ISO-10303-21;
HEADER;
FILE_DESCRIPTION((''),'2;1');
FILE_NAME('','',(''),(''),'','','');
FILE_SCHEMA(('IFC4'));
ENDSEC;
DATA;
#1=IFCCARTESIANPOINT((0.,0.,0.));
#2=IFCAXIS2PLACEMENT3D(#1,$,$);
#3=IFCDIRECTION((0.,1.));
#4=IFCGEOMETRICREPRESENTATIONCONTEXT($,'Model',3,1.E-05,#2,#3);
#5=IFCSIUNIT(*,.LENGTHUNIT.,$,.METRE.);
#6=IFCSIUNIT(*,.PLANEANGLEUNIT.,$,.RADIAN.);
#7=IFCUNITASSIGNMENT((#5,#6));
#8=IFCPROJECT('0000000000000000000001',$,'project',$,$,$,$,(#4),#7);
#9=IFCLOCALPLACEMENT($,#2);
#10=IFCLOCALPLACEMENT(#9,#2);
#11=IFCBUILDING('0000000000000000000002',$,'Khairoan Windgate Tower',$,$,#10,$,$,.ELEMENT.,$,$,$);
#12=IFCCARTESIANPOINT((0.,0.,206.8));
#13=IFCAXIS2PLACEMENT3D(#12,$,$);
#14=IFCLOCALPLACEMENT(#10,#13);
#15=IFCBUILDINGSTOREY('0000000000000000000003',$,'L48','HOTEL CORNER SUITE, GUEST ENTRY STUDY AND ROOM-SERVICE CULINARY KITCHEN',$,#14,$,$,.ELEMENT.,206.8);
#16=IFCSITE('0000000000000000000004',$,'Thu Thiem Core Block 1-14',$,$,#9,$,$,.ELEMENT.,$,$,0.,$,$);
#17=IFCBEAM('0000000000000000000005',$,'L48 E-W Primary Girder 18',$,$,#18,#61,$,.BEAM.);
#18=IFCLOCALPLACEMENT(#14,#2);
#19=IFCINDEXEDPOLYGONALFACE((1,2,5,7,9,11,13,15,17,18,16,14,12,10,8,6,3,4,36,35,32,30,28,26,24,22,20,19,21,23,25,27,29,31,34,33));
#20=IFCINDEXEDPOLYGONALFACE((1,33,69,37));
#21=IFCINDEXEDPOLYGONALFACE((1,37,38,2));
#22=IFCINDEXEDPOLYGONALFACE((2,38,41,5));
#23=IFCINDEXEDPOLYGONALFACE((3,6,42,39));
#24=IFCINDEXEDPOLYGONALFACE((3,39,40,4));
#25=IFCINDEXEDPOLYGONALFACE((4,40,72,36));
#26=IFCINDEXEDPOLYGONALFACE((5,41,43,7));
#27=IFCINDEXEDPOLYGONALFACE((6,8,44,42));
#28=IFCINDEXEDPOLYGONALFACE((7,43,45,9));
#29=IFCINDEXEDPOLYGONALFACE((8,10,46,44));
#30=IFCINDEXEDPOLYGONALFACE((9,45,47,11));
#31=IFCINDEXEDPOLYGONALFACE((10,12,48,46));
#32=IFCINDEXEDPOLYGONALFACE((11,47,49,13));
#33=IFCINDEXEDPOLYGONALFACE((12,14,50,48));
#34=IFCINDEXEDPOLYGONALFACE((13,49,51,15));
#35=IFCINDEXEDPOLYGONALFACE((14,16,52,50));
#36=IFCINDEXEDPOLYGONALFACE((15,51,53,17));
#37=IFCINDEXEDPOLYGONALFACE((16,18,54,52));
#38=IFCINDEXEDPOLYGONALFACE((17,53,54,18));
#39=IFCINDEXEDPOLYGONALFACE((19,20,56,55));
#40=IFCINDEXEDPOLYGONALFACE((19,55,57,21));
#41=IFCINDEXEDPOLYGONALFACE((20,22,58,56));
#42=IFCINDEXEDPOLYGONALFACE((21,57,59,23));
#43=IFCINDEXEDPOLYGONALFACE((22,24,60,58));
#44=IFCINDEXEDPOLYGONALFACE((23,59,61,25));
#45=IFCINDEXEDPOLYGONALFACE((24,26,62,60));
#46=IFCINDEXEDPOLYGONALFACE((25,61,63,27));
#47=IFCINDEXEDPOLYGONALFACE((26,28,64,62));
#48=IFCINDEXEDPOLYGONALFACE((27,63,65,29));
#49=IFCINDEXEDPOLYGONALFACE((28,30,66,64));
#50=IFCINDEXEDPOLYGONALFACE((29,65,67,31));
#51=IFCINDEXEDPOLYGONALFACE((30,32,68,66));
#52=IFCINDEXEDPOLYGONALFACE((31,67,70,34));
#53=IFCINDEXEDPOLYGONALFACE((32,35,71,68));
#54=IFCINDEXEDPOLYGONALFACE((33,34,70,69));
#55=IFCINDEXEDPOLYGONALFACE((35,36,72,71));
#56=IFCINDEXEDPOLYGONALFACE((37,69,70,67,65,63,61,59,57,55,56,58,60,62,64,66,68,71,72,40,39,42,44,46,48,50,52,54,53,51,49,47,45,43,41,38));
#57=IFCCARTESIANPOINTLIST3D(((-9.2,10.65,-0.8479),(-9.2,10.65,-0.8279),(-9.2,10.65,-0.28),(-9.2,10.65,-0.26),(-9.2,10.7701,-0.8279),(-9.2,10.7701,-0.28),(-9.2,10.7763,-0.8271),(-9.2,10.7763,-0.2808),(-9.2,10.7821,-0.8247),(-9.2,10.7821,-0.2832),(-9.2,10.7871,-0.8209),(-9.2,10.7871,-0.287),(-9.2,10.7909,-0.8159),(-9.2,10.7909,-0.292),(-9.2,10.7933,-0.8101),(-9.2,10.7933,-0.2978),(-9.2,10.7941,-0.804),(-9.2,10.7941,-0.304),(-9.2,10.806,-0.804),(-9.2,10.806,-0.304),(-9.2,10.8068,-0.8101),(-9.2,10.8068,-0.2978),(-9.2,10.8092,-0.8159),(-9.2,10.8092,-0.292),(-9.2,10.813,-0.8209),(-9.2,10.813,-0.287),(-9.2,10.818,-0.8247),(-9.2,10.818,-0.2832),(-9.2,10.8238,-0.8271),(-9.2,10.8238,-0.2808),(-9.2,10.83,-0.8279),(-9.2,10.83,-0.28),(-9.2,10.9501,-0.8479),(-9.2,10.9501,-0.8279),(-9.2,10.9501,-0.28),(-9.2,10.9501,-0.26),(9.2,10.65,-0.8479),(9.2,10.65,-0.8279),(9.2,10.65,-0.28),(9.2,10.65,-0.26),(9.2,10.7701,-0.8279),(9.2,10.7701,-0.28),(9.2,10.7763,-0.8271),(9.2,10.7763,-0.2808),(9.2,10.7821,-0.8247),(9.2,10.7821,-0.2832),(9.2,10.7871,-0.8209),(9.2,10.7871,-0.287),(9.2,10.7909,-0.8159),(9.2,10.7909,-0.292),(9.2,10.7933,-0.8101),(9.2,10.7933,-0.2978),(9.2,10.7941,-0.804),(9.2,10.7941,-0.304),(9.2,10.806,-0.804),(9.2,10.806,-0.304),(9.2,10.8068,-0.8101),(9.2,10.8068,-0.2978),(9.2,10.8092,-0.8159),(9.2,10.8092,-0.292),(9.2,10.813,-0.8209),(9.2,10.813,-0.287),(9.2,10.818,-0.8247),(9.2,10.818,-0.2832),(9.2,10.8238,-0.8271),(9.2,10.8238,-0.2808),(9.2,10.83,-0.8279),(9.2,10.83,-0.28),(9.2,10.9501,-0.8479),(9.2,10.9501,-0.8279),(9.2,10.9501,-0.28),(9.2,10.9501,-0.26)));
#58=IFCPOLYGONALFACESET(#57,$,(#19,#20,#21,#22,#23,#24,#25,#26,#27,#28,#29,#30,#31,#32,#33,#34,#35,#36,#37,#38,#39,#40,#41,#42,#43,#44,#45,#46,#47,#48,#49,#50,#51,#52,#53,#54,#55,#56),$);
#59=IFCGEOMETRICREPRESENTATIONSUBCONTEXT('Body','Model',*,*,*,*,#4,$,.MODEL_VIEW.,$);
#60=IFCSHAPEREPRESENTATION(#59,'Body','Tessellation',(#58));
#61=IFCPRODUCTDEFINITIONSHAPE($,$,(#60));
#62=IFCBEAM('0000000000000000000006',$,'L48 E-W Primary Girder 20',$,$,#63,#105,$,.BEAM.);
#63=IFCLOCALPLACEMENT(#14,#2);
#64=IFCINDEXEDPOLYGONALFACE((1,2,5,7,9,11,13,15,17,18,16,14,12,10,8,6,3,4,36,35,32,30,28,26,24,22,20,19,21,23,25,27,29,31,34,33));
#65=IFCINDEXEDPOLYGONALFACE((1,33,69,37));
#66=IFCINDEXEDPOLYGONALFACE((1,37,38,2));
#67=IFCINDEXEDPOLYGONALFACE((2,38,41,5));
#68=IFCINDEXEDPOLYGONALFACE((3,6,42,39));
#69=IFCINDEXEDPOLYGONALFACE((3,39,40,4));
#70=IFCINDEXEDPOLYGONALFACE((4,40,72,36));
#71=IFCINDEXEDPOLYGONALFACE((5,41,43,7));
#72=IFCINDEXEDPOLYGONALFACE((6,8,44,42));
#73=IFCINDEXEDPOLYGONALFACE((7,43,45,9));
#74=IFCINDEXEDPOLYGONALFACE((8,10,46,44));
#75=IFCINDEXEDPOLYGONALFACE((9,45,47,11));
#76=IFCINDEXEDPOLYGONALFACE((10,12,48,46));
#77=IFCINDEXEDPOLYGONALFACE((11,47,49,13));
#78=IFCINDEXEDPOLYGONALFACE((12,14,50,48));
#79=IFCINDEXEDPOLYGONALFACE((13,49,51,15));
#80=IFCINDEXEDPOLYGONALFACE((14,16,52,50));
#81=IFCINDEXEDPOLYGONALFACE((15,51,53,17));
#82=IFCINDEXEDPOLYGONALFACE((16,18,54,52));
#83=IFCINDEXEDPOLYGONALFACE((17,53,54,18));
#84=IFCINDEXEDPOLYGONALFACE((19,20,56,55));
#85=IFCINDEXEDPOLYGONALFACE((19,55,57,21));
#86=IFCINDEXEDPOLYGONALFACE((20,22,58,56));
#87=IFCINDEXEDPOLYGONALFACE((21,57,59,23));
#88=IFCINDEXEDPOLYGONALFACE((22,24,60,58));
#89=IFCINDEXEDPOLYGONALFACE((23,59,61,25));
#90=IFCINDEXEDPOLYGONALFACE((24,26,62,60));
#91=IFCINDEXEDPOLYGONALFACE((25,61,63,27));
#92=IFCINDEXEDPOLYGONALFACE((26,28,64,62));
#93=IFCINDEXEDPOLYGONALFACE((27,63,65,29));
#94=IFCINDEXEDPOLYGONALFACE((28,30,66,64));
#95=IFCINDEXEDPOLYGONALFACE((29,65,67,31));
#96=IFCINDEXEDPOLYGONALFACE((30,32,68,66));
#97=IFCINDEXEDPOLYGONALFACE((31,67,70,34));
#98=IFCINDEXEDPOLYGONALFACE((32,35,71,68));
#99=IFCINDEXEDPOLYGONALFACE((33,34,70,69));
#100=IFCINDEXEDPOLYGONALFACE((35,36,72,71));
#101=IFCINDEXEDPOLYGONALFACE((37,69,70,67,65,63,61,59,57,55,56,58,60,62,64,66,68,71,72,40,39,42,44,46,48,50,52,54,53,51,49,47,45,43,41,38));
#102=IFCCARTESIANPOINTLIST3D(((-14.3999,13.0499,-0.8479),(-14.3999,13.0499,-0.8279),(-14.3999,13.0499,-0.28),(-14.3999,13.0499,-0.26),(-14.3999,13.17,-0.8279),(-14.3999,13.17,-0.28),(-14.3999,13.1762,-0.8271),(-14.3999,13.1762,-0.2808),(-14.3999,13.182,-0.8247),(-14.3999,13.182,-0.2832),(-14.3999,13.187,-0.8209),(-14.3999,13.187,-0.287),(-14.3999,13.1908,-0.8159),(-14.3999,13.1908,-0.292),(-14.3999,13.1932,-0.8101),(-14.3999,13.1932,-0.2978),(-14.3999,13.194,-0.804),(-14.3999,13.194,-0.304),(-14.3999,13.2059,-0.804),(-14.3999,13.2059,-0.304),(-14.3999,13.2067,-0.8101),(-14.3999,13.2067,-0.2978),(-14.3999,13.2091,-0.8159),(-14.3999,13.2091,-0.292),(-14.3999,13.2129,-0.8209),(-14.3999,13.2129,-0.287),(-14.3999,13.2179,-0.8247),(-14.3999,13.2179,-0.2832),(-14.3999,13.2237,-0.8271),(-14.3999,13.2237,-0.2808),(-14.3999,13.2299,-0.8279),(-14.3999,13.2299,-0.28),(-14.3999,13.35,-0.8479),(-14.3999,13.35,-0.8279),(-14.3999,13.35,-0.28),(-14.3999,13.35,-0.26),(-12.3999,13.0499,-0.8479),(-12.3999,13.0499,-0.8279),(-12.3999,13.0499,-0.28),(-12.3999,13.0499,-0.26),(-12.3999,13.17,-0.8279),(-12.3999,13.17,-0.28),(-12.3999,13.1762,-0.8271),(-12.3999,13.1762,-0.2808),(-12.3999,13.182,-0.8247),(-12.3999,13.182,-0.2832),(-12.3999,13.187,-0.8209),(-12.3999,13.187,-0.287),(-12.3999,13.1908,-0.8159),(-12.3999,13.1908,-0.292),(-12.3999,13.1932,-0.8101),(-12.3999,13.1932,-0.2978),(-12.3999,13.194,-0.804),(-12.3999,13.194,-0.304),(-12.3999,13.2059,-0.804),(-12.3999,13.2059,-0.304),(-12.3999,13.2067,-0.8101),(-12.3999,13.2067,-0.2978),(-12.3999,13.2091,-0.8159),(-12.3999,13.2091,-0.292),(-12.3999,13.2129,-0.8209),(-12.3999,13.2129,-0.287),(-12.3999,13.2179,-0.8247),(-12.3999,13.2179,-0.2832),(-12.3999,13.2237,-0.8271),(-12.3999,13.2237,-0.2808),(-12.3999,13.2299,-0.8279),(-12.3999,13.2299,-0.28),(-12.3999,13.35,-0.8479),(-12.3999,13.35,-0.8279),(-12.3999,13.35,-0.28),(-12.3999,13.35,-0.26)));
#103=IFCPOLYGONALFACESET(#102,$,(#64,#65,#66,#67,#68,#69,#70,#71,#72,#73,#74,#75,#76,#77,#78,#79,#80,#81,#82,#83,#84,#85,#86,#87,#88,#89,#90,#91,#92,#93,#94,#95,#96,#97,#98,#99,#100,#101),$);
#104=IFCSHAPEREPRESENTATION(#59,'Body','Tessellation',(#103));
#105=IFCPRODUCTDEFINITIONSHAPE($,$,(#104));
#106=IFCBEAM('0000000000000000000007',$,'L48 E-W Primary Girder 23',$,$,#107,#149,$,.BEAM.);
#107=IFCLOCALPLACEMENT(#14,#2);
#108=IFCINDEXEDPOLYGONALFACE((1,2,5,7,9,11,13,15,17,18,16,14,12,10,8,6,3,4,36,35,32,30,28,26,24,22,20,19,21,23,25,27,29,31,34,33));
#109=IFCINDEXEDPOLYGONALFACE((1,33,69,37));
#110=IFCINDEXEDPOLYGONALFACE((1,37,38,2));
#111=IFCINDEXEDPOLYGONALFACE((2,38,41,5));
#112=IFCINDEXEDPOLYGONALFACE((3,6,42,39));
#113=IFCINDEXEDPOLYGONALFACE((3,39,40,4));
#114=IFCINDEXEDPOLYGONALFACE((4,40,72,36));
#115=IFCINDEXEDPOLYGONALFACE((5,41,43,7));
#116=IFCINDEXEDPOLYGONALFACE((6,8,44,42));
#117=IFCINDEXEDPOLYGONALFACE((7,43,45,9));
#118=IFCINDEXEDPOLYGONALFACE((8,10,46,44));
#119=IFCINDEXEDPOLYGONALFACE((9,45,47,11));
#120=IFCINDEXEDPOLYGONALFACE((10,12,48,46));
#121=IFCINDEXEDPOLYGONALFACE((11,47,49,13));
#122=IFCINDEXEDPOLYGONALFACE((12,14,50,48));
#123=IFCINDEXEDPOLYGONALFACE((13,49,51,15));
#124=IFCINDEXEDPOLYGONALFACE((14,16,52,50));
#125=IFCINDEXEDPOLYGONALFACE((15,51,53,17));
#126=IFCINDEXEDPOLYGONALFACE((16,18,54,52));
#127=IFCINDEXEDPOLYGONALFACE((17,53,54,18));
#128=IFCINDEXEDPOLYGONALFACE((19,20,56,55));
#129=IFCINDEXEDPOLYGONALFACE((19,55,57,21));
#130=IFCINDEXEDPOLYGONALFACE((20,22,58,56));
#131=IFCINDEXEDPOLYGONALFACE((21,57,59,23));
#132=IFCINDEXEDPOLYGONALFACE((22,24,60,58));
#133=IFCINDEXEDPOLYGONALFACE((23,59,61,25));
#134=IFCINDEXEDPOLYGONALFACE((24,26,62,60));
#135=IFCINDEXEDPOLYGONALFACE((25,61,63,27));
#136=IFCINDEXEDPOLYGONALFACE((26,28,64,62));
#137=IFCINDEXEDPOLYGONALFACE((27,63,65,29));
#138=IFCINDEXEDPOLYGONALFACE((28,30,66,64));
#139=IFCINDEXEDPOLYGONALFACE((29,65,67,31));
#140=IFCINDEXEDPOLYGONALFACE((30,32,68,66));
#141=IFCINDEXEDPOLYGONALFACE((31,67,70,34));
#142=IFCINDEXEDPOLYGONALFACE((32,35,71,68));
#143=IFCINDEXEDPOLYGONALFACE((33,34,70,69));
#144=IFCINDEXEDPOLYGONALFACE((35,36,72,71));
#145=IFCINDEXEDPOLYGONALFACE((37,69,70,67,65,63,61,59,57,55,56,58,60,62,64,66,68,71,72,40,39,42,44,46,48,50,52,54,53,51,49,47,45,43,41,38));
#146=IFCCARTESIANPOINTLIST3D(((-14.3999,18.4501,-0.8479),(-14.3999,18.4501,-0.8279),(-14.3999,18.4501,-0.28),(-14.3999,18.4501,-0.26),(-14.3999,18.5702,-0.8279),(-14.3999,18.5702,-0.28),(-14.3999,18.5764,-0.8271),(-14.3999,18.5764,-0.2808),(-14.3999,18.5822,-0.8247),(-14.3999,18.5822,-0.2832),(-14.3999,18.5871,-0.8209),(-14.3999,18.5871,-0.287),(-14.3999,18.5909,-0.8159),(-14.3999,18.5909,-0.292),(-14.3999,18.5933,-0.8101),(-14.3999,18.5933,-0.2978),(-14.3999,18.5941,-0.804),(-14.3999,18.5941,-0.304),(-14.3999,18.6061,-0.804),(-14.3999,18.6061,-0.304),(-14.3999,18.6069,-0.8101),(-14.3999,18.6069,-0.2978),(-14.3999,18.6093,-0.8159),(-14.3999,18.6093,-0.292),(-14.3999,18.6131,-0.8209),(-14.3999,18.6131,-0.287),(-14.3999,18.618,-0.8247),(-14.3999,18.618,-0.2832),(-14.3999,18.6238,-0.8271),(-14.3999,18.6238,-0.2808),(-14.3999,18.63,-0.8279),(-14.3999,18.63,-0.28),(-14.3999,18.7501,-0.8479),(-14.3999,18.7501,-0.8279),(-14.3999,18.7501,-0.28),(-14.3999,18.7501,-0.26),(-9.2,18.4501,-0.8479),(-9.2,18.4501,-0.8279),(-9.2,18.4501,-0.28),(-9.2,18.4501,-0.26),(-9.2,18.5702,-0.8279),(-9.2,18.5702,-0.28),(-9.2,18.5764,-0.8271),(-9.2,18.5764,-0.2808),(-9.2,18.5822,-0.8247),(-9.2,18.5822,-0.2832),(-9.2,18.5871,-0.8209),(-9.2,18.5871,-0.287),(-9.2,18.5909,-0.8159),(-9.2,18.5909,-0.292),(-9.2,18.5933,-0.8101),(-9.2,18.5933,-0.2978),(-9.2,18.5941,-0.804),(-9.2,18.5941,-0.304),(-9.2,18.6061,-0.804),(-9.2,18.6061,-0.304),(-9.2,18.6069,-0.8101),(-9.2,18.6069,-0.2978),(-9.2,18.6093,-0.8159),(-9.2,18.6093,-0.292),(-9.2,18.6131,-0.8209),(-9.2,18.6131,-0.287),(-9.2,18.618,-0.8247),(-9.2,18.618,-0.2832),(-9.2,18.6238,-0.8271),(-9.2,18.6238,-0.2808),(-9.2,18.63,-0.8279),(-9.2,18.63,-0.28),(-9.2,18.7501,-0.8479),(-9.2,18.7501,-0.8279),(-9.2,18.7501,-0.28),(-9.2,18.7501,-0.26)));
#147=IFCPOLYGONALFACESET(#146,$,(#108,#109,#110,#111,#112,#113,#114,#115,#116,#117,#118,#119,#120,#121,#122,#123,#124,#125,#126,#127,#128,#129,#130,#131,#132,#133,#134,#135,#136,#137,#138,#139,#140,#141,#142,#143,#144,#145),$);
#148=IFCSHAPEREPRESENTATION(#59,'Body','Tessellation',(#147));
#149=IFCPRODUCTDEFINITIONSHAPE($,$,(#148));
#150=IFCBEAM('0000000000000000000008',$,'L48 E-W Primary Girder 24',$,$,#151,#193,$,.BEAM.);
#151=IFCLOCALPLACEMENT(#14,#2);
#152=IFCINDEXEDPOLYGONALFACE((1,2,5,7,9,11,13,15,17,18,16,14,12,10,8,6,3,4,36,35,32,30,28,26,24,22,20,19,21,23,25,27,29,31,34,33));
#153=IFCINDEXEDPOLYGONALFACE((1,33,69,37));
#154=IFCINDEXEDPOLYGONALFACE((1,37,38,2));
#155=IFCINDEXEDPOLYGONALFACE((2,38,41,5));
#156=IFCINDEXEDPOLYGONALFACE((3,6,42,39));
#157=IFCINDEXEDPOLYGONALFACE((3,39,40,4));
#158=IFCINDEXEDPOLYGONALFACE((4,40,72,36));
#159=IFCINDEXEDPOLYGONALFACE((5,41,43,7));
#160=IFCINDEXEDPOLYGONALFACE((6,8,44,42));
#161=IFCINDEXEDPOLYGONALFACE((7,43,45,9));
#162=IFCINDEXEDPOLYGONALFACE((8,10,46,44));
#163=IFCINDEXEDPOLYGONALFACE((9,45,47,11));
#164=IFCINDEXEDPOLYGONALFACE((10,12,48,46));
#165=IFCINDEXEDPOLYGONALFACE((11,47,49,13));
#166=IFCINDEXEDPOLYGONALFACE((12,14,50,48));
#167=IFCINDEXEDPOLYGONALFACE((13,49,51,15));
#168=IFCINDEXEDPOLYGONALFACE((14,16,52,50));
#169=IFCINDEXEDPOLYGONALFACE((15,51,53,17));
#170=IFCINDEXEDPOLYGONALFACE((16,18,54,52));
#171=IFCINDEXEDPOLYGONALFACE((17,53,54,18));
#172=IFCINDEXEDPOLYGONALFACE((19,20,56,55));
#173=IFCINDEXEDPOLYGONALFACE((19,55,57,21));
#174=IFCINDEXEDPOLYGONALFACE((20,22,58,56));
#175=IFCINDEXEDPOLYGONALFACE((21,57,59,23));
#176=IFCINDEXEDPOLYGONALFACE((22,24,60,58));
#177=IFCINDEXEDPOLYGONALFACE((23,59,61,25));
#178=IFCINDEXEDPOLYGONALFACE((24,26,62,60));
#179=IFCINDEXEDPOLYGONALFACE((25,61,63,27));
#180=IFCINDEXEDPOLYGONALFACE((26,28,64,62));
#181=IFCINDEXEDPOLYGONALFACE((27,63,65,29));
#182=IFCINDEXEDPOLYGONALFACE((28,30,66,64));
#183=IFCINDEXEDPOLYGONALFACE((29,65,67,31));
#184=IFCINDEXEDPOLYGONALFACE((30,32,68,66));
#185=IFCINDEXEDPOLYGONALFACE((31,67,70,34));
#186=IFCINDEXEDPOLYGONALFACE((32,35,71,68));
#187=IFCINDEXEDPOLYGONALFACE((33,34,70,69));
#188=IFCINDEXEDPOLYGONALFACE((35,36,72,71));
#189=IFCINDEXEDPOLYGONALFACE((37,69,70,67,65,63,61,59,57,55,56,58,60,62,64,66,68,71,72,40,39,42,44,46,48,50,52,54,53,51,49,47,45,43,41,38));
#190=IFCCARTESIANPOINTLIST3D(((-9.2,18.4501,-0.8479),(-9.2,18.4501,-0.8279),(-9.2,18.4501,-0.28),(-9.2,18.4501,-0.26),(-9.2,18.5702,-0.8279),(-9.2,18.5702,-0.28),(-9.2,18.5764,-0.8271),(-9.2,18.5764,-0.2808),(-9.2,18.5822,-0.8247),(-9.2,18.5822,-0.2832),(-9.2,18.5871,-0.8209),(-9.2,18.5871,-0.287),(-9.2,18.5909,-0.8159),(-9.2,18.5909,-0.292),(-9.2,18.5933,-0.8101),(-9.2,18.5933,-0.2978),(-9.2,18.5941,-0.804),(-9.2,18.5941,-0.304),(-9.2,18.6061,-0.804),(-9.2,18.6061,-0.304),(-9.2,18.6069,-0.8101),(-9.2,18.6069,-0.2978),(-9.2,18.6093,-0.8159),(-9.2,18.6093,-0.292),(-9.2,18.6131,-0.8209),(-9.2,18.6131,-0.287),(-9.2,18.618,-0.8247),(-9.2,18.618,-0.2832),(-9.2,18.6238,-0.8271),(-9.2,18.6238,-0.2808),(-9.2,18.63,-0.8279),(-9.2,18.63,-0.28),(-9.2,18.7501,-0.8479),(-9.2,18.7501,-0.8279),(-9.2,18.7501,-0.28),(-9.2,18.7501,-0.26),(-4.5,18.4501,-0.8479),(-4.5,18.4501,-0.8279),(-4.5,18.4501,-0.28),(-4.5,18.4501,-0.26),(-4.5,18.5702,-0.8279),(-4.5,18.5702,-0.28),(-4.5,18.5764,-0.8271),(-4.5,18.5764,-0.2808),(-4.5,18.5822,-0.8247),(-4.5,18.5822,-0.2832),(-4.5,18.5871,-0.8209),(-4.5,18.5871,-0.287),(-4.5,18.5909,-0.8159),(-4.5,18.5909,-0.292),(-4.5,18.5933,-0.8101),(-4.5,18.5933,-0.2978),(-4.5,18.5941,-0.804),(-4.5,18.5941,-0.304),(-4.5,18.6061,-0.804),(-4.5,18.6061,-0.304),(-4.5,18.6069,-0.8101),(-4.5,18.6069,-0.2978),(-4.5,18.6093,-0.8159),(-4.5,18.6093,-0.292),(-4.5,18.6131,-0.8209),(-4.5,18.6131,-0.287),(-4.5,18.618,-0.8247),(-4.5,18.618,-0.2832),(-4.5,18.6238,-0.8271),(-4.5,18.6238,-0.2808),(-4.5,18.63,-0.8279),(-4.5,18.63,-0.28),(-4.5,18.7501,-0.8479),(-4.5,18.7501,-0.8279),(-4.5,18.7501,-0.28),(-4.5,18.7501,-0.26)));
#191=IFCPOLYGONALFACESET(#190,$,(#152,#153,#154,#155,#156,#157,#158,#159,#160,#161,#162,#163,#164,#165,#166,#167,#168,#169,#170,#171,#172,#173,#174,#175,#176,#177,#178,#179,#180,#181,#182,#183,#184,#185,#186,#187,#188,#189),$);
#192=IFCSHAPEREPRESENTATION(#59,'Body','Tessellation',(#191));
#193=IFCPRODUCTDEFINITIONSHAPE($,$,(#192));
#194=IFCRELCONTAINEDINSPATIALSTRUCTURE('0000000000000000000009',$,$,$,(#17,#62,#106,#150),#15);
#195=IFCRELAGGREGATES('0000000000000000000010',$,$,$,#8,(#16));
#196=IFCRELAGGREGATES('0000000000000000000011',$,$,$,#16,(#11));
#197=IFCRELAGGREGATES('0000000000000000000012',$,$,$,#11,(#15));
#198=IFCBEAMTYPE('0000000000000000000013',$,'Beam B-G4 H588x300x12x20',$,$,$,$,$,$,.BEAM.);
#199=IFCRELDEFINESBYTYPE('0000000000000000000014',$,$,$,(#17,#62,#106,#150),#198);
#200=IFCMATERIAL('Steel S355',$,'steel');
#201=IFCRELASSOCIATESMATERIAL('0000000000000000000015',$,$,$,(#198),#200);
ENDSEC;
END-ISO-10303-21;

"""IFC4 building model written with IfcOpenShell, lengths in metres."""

from ifc_helpers import new_model, si_unit, direction, frame, origin, origin_2d, place, context, subcontext, project, spatial, i_section, extrude, material, material_profile, profile_set, type_object, element, save


model = new_model("IFC4")

# Units and contexts
model_context = context("Model", 3, precision=1e-05, world=origin(), true_north=direction((0.0, 1.0)))
body_context = subcontext(model_context, "Body", "Model", "MODEL_VIEW")
ifc_project = project(units=[si_unit("LENGTHUNIT", "METRE"), si_unit("PLANEANGLEUNIT", "RADIAN")], contexts=[model_context])

# Site, building, storey
site_placement = place(None, origin())
site = spatial("IfcSite", under=ifc_project, at=site_placement, Name="Thu Thiem Core Block 1-14", CompositionType="ELEMENT", RefElevation=0.0)
building_placement = place(site_placement, origin())
building = spatial("IfcBuilding", under=site, at=building_placement, Name="Khairoan Windgate Tower", CompositionType="ELEMENT")
storey_placement = place(building_placement, frame((0.0, 0.0, 206.8)))
storey = spatial("IfcBuildingStorey", under=building, at=storey_placement, Name="L48", Description="HOTEL CORNER SUITE, GUEST ENTRY STUDY AND ROOM-SERVICE CULINARY KITCHEN", CompositionType="ELEMENT", Elevation=206.8)

# Beams
ifc_material_1 = material(Name="Steel S355", Category="steel")
ifc_material_profile_1 = material_profile(ifc_material_1, i_section(OverallWidth=0.3, OverallDepth=0.5879, WebThickness=0.012, FlangeThickness=0.02, FilletRadius=0.0239, at=origin_2d()))
ifc_profile_set_1 = profile_set([ifc_material_profile_1], Name="Steel S355")
beam_type_1 = type_object("IfcBeamType", Name="Beam B-G4 H588x300x12x20", PredefinedType="BEAM", material=ifc_profile_set_1)
beam_1_placement = place(storey_placement, frame((-9.2, 10.8, -0.554), z_axis=(1.0, 0.0, 0.0), x_axis=(0.0, 1.0, 0.0)))
element("IfcBeam", 1, at=beam_1_placement, inside=storey, type_object=beam_type_1, Name="L48 E-W Primary Girder 18", PredefinedType="BEAM", context=body_context, shape_type="SweptSolid", body=[
    extrude(i_section(OverallWidth=0.3, OverallDepth=0.5879, WebThickness=0.012, FlangeThickness=0.02, FilletRadius=0.0239, at=origin_2d()), origin(), (0.0, 0.0, 1.0), 18.3999),
])
beam_2_placement = place(storey_placement, frame((-14.3999, 13.2, -0.554), z_axis=(1.0, 0.0, 0.0), x_axis=(0.0, 1.0, 0.0)))
element("IfcBeam", 2, at=beam_2_placement, inside=storey, type_object=beam_type_1, Name="L48 E-W Primary Girder 20", PredefinedType="BEAM", context=body_context, shape_type="SweptSolid", body=[
    extrude(i_section(OverallWidth=0.3, OverallDepth=0.5879, WebThickness=0.012, FlangeThickness=0.02, FilletRadius=0.0239, at=origin_2d()), origin(), (0.0, 0.0, 1.0), 2.0),
])
beam_3_placement = place(storey_placement, frame((-14.3999, 18.6001, -0.554), z_axis=(1.0, 0.0, 0.0), x_axis=(0.0, 1.0, 0.0)))
element("IfcBeam", 3, at=beam_3_placement, inside=storey, type_object=beam_type_1, Name="L48 E-W Primary Girder 23", PredefinedType="BEAM", context=body_context, shape_type="SweptSolid", body=[
    extrude(i_section(OverallWidth=0.3, OverallDepth=0.5879, WebThickness=0.012, FlangeThickness=0.02, FilletRadius=0.0239, at=origin_2d()), origin(), (0.0, 0.0, 1.0), 5.2),
])
beam_4_placement = place(storey_placement, frame((-9.2, 18.6001, -0.554), z_axis=(1.0, 0.0, 0.0), x_axis=(0.0, 1.0, 0.0)))
element("IfcBeam", 4, at=beam_4_placement, inside=storey, type_object=beam_type_1, Name="L48 E-W Primary Girder 24", PredefinedType="BEAM", context=body_context, shape_type="SweptSolid", body=[
    extrude(i_section(OverallWidth=0.3, OverallDepth=0.5879, WebThickness=0.012, FlangeThickness=0.02, FilletRadius=0.0239, at=origin_2d()), origin(), (0.0, 0.0, 1.0), 4.7),
])

save(model, "model.ifc")
